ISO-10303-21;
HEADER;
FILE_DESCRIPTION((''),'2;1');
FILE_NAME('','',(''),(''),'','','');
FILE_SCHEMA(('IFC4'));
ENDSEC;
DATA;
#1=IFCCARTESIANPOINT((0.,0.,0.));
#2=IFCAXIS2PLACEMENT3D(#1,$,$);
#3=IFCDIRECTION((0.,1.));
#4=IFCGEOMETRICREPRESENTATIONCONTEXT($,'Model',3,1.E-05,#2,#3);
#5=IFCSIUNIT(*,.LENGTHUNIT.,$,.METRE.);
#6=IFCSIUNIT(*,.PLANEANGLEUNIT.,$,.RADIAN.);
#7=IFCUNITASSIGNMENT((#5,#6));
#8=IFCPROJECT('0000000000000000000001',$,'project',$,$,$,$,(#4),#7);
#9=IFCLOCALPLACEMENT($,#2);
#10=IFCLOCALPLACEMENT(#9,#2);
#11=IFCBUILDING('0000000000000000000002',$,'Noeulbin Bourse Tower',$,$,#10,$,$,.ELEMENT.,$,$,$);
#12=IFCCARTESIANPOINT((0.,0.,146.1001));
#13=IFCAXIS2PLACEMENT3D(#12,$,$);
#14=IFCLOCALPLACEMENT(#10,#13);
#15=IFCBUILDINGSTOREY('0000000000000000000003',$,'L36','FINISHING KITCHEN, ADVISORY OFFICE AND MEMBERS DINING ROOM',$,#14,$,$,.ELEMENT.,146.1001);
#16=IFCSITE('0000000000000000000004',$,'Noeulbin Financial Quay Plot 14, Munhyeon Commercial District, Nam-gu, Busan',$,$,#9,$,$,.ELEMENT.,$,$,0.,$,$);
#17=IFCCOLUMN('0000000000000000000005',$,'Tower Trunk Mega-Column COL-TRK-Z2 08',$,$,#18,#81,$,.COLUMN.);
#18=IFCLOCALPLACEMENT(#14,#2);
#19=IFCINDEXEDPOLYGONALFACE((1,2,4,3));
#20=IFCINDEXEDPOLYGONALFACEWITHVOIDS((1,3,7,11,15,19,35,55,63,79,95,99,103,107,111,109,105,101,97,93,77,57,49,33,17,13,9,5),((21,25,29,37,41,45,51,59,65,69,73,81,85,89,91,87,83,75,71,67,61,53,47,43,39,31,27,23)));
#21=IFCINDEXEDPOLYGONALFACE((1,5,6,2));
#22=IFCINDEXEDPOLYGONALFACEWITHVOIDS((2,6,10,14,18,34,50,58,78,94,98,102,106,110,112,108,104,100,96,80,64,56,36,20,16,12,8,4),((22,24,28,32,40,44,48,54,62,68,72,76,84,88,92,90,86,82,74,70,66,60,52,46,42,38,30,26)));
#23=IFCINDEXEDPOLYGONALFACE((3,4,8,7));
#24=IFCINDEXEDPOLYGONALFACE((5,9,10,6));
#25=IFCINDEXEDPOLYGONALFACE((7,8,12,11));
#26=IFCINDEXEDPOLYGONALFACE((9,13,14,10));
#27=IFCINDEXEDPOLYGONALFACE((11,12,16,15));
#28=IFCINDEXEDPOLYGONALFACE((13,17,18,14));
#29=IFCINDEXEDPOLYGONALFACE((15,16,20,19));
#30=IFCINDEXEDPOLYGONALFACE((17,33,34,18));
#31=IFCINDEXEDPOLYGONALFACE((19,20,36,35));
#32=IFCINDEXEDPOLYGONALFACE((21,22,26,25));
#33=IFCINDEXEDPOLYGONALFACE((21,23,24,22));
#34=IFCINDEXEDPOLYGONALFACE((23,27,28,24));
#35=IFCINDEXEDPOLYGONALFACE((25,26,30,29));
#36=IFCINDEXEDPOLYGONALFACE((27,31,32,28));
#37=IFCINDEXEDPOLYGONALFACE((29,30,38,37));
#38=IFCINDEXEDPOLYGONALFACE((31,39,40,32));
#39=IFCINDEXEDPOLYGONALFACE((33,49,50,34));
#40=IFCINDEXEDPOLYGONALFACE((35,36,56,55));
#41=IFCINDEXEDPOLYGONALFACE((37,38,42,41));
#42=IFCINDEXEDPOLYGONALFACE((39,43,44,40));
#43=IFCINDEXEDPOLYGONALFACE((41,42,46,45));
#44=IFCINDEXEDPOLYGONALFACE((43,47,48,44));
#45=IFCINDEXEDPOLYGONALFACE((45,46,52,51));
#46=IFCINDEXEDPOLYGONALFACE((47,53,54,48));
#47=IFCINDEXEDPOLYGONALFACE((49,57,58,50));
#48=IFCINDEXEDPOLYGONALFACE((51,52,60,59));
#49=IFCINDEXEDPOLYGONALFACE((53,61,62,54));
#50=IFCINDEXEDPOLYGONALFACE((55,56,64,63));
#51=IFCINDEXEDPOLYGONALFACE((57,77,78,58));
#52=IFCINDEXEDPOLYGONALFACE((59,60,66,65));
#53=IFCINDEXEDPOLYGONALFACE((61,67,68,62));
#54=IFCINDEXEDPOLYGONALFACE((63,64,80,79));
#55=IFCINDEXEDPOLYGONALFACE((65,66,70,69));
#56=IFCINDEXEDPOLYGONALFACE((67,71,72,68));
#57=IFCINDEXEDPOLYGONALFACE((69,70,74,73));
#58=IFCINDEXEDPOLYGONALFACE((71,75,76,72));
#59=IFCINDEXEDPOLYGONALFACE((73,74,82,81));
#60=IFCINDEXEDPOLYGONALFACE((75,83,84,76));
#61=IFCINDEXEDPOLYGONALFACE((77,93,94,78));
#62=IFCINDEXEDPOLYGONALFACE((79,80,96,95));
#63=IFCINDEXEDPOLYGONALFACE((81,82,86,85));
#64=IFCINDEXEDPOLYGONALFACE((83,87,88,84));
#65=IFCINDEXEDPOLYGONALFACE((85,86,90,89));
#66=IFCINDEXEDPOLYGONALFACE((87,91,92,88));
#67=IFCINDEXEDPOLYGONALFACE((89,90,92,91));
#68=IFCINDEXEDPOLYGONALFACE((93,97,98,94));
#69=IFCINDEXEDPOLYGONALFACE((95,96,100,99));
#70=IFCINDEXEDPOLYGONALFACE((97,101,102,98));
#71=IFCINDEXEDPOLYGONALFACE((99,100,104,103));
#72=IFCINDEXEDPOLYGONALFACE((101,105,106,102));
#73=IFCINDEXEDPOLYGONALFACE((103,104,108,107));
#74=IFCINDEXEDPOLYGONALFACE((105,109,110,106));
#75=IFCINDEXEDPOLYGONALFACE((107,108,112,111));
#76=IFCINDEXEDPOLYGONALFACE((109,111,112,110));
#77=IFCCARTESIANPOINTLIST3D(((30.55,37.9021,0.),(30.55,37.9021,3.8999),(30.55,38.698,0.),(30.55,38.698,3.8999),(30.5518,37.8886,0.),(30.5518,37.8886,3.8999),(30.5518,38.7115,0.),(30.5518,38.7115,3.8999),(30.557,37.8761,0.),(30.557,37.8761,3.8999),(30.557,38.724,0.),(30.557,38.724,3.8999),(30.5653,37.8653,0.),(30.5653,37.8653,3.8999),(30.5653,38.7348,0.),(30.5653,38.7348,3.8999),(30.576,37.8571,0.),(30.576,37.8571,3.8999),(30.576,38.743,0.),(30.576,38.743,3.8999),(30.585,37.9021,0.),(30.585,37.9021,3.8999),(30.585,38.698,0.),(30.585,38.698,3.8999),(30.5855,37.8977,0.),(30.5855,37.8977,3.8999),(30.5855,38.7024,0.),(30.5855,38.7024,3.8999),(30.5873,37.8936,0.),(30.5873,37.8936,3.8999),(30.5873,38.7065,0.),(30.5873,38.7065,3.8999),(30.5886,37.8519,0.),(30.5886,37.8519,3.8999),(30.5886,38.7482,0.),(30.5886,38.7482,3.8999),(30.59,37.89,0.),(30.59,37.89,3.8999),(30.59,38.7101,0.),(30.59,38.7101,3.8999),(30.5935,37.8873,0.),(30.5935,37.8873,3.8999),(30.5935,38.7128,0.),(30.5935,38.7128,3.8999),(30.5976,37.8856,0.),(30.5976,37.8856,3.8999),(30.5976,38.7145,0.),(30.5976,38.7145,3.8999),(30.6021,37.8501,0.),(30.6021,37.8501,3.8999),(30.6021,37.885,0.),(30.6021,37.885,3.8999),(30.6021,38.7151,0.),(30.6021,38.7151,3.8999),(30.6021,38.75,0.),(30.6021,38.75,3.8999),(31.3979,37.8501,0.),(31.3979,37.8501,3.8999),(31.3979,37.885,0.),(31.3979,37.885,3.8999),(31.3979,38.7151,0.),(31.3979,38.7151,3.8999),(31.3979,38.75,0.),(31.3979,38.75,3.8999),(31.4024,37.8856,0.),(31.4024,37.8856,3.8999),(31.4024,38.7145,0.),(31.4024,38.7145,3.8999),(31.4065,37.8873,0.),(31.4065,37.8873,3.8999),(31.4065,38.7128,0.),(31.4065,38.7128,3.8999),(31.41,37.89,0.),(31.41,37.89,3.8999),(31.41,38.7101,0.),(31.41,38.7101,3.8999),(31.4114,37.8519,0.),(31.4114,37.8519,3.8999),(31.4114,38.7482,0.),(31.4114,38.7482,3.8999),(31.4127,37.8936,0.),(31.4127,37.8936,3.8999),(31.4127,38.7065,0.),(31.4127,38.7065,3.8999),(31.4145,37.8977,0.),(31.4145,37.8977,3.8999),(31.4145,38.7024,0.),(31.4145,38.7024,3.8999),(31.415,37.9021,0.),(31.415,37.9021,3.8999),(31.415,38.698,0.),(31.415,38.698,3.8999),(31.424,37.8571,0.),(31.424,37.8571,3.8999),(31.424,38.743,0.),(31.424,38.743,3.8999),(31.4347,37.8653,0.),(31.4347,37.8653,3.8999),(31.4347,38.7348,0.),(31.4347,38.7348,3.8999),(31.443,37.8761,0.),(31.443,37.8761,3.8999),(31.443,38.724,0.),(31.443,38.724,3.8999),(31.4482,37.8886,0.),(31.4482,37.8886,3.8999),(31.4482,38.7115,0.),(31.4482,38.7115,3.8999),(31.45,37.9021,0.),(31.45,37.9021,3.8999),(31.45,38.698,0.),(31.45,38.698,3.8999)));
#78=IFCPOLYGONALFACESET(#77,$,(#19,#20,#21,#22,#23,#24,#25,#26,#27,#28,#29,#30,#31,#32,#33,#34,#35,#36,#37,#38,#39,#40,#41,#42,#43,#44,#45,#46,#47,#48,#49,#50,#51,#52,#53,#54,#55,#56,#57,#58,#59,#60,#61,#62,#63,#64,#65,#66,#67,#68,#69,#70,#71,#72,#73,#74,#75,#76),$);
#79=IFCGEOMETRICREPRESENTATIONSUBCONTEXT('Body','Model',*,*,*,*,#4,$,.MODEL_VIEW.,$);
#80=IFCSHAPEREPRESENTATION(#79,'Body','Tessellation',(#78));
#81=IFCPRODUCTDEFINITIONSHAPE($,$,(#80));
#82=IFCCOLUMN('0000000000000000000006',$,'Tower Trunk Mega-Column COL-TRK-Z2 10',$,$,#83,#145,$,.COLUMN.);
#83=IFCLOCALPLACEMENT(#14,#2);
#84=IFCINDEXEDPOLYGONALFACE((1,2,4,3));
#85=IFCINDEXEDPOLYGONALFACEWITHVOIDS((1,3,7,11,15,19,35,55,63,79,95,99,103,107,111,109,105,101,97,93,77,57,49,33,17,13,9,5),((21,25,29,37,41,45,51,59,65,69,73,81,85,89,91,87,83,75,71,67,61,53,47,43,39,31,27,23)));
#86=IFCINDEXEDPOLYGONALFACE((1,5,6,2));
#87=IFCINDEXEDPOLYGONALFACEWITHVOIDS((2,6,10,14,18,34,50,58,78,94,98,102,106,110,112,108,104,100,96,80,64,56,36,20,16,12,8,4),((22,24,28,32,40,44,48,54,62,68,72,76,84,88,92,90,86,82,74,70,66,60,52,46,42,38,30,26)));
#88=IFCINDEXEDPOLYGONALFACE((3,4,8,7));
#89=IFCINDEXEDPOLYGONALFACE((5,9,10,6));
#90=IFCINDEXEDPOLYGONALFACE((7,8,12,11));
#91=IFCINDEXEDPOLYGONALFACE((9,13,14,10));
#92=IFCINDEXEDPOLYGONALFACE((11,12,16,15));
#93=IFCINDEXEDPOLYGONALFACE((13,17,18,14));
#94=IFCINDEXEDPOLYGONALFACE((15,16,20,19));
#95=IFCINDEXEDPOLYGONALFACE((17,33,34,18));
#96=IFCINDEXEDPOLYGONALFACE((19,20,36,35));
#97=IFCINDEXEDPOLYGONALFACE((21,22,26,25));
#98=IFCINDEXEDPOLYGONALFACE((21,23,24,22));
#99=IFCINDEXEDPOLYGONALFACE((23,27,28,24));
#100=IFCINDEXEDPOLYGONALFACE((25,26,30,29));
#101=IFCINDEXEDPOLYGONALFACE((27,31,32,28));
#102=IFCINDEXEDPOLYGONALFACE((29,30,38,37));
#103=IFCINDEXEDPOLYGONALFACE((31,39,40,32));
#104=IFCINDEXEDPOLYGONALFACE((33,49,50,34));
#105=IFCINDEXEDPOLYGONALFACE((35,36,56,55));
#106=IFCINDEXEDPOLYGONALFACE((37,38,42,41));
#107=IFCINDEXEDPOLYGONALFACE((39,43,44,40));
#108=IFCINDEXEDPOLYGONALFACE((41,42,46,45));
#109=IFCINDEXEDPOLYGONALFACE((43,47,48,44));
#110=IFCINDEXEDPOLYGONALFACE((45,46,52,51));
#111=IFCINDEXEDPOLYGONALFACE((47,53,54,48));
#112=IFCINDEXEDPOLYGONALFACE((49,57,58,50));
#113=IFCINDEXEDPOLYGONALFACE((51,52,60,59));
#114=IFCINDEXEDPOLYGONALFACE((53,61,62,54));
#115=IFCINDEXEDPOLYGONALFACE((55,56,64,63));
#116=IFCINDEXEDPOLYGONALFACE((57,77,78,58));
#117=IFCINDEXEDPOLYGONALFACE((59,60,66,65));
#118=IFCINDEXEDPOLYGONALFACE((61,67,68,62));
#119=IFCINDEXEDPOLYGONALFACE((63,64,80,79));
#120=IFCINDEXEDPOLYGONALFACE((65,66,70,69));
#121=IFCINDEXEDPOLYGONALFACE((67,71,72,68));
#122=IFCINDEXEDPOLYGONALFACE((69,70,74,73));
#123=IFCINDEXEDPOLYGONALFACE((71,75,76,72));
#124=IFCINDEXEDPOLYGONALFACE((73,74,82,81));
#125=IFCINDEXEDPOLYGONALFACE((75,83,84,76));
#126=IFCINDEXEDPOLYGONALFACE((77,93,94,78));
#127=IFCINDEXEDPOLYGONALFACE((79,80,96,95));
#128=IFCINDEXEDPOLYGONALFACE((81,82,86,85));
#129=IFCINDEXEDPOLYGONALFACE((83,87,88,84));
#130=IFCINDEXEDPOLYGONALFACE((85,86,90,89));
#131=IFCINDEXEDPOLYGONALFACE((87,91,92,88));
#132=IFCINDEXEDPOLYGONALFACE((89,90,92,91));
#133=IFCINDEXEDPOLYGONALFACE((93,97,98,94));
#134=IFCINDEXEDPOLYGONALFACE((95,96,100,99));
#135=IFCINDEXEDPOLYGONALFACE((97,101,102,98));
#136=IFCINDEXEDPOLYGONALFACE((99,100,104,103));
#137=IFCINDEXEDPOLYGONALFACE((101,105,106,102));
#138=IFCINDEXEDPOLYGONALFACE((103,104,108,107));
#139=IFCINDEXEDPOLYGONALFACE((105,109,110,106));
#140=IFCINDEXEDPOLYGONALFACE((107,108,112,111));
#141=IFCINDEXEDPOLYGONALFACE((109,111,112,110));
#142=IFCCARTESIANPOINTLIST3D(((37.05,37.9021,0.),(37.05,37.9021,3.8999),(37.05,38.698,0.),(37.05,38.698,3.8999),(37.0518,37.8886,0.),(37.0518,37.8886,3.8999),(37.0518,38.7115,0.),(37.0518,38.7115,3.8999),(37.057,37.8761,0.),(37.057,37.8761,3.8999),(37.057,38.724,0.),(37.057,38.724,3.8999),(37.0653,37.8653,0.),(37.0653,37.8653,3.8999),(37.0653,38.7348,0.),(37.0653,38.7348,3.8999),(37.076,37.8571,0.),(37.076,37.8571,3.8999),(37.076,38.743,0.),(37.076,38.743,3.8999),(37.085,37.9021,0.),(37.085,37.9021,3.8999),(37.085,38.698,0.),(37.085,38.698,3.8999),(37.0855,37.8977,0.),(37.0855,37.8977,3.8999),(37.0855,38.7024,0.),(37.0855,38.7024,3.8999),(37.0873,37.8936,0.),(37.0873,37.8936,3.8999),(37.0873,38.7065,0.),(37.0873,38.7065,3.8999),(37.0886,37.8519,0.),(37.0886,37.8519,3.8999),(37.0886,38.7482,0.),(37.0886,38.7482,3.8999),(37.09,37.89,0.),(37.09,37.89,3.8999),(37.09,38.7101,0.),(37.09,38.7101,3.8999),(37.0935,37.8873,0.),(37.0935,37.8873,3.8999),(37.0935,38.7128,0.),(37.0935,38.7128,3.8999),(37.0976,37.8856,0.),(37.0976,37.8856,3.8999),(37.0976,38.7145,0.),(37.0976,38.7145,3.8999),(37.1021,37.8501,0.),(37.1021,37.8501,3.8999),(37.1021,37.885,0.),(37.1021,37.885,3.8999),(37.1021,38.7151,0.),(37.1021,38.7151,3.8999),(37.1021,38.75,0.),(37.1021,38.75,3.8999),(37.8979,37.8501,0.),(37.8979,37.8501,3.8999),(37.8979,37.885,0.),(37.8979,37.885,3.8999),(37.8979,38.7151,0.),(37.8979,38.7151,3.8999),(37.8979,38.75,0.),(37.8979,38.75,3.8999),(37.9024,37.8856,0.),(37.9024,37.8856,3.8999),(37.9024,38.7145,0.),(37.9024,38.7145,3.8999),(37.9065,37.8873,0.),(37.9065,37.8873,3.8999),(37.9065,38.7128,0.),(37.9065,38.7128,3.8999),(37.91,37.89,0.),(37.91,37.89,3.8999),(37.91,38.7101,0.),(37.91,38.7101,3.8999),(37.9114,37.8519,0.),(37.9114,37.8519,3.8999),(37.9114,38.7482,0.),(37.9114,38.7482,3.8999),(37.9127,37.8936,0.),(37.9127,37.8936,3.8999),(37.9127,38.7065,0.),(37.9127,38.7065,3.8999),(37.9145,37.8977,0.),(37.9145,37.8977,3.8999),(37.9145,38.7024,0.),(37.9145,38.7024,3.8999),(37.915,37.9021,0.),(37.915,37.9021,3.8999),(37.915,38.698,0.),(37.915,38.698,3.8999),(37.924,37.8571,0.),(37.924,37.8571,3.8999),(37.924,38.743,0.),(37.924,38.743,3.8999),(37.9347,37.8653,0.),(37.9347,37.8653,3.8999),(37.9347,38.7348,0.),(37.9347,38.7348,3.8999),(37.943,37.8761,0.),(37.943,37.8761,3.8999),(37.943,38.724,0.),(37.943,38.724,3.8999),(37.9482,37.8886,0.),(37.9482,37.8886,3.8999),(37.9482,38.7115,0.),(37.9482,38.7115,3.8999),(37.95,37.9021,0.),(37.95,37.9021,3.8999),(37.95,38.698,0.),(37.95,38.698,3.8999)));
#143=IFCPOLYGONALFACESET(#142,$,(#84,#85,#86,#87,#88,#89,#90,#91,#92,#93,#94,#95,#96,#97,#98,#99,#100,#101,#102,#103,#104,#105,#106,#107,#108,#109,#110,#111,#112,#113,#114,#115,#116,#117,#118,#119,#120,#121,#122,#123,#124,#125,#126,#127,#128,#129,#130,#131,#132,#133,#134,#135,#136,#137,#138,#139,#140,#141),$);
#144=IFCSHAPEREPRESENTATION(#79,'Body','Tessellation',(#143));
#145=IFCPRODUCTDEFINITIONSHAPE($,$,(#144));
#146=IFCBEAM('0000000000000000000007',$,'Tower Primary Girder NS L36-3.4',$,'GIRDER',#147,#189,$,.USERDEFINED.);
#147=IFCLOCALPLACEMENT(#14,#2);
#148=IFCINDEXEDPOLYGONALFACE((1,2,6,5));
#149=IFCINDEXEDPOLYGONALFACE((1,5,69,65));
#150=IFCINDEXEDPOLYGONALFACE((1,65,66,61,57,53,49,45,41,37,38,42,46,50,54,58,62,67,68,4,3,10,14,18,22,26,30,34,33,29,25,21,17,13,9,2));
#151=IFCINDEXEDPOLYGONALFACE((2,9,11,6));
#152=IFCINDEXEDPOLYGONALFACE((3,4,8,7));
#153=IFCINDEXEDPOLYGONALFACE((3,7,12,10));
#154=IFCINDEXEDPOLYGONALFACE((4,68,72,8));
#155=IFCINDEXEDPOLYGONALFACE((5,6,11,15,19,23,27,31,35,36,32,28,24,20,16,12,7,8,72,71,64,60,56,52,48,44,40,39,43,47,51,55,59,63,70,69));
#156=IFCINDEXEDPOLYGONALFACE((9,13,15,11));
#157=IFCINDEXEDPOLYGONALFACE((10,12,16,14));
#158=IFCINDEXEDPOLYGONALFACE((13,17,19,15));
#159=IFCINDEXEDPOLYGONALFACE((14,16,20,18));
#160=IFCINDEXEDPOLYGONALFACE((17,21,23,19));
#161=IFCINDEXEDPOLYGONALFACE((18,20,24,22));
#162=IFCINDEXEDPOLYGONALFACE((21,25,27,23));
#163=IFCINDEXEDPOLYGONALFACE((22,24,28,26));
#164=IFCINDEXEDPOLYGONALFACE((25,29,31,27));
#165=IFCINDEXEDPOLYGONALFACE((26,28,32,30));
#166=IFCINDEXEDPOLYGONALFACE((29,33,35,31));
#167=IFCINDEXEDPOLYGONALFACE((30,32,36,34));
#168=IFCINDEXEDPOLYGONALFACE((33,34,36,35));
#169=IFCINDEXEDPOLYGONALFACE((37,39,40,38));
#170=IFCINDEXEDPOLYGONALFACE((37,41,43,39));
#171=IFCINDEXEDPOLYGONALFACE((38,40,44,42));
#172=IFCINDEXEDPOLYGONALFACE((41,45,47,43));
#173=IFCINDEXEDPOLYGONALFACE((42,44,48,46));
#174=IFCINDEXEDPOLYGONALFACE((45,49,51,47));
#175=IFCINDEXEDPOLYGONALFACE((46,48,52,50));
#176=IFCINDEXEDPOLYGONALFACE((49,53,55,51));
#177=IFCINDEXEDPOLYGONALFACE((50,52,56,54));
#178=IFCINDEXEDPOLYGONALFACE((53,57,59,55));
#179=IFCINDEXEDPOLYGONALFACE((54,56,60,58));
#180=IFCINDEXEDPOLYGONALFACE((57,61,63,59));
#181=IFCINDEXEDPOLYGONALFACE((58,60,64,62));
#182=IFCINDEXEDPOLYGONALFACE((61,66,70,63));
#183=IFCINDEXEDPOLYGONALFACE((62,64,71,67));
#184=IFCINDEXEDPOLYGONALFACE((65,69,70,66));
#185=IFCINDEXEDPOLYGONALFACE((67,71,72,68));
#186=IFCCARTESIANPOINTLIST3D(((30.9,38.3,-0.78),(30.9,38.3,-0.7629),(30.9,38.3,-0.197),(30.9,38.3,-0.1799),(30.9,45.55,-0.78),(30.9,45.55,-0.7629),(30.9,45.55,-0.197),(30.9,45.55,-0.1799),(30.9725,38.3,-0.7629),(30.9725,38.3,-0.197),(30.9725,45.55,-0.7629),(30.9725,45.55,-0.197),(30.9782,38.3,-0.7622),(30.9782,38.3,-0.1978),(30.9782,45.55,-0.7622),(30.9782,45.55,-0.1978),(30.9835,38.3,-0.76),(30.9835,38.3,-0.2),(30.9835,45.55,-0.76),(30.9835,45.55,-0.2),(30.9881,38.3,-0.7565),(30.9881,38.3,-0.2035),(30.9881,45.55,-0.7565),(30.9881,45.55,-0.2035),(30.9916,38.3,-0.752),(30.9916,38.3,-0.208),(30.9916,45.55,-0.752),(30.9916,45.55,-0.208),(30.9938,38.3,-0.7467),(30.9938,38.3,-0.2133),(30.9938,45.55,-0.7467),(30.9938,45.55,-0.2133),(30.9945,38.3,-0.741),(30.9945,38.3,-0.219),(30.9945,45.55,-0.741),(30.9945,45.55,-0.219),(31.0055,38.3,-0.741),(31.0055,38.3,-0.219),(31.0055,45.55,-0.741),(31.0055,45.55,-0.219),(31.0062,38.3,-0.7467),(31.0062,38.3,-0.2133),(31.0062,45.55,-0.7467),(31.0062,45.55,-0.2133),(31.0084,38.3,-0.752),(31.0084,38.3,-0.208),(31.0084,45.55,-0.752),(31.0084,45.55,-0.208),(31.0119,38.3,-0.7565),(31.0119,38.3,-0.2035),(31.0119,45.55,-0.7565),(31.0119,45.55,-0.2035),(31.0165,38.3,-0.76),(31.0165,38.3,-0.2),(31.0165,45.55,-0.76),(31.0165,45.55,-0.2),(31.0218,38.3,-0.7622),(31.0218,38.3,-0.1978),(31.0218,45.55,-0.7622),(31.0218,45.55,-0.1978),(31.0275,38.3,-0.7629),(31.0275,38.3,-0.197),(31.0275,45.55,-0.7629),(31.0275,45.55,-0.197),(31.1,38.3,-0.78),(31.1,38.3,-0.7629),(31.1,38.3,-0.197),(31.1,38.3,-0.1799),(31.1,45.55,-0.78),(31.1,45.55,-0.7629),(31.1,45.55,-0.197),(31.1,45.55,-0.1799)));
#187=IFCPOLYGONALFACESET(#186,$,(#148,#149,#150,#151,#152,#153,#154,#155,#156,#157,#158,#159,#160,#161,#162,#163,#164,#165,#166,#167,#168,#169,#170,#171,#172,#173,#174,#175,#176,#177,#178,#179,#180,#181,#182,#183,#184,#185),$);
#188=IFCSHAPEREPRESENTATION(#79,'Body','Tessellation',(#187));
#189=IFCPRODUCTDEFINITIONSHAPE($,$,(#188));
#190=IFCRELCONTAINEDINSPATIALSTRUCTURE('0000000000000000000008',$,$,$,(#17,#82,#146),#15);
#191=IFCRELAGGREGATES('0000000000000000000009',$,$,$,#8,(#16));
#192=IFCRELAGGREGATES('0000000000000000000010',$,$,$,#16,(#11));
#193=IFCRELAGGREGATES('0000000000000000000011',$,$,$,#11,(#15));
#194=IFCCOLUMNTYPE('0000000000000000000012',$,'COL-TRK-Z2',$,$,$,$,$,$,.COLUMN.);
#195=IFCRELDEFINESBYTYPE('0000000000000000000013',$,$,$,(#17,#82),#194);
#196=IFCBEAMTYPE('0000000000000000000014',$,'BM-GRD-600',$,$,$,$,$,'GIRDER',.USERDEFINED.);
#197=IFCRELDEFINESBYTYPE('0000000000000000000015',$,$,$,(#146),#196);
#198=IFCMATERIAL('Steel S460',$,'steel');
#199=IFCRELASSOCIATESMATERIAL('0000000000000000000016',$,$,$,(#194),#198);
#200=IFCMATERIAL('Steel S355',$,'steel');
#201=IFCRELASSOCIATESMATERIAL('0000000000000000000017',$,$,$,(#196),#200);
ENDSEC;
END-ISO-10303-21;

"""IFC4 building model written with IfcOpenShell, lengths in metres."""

from ifc_helpers import new_model, si_unit, direction, frame, origin, origin_2d, place, context, subcontext, project, spatial, hollow_rectangle, i_section, extrude, material, material_profile, profile_set, type_object, element, save


model = new_model("IFC4")

# Units and contexts
model_context = context("Model", 3, precision=1e-05, world=origin(), true_north=direction((0.0, 1.0)))
body_context = subcontext(model_context, "Body", "Model", "MODEL_VIEW")
ifc_project = project(units=[si_unit("LENGTHUNIT", "METRE"), si_unit("PLANEANGLEUNIT", "RADIAN")], contexts=[model_context])

# Site, building, storey
site_placement = place(None, origin())
site = spatial("IfcSite", under=ifc_project, at=site_placement, Name="Noeulbin Financial Quay Plot 14, Munhyeon Commercial District, Nam-gu, Busan", CompositionType="ELEMENT", RefElevation=0.0)
building_placement = place(site_placement, origin())
building = spatial("IfcBuilding", under=site, at=building_placement, Name="Noeulbin Bourse Tower", CompositionType="ELEMENT")
storey_placement = place(building_placement, frame((0.0, 0.0, 146.1001)))
storey = spatial("IfcBuildingStorey", under=building, at=storey_placement, Name="L36", Description="FINISHING KITCHEN, ADVISORY OFFICE AND MEMBERS DINING ROOM", CompositionType="ELEMENT", Elevation=146.1001)

# Columns
ifc_material_1 = material(Name="Steel S460", Category="steel")
ifc_material_profile_1 = material_profile(ifc_material_1, hollow_rectangle(XDim=0.8999, YDim=0.8999, WallThickness=0.0349, InnerFilletRadius=0.0171, OuterFilletRadius=0.052, at=origin_2d()), Name="BOX-900x900x35", Category="LoadBearing")
ifc_profile_set_1 = profile_set([ifc_material_profile_1], Name="Steel S460")
column_type = type_object("IfcColumnType", Name="COL-TRK-Z2", PredefinedType="COLUMN", material=ifc_profile_set_1)
for number, where, z_axis, x_axis, name in (
    (1, (31.0, 38.3, 0.0), (0.0, 0.0, 1.0), (1.0, 0.0, 0.0), "Tower Trunk Mega-Column COL-TRK-Z2 08"),
    (2, (37.5, 38.3, 0.0), (0.0, 0.0, 1.0), (1.0, 0.0, 0.0), "Tower Trunk Mega-Column COL-TRK-Z2 10"),
):
    element("IfcColumn", number, at=place(storey_placement, frame(where, z_axis=z_axis, x_axis=x_axis)), inside=storey, type_object=column_type, Name=name, PredefinedType="COLUMN", context=body_context, shape_type="SweptSolid", body=[
        extrude(hollow_rectangle(XDim=0.8999, YDim=0.8999, WallThickness=0.0349, InnerFilletRadius=0.0171, OuterFilletRadius=0.052, at=origin_2d()), origin(), (0.0, 0.0, 1.0), 3.8999),
    ])

# Beam
ifc_material_2 = material(Name="Steel S355", Category="steel")
ifc_material_profile_2 = material_profile(ifc_material_2, i_section(OverallWidth=0.2, OverallDepth=0.6001, WebThickness=0.011, FlangeThickness=0.0171, FilletRadius=0.022, at=origin_2d()), Name="H-600x200x11x17", Category="LoadBearing")
ifc_profile_set_2 = profile_set([ifc_material_profile_2], Name="Steel S355")
beam_type_1 = type_object("IfcBeamType", Name="BM-GRD-600", ElementType="GIRDER", PredefinedType="USERDEFINED", material=ifc_profile_set_2)
for number, where, z_axis, x_axis, name in (
    (3, (31.0, 38.3, -0.48), (0.0, 1.0, 0.0), (-1.0, 0.0, 0.0), "Tower Primary Girder NS L36-3.4"),
):
    element("IfcBeam", number, at=place(storey_placement, frame(where, z_axis=z_axis, x_axis=x_axis)), inside=storey, type_object=beam_type_1, Name=name, ObjectType="GIRDER", PredefinedType="USERDEFINED", context=body_context, shape_type="SweptSolid", body=[
        extrude(i_section(OverallWidth=0.2, OverallDepth=0.6001, WebThickness=0.011, FlangeThickness=0.0171, FilletRadius=0.022, at=origin_2d()), origin(), (0.0, 0.0, 1.0), 7.25),
    ])

save(model, "model.ifc")
